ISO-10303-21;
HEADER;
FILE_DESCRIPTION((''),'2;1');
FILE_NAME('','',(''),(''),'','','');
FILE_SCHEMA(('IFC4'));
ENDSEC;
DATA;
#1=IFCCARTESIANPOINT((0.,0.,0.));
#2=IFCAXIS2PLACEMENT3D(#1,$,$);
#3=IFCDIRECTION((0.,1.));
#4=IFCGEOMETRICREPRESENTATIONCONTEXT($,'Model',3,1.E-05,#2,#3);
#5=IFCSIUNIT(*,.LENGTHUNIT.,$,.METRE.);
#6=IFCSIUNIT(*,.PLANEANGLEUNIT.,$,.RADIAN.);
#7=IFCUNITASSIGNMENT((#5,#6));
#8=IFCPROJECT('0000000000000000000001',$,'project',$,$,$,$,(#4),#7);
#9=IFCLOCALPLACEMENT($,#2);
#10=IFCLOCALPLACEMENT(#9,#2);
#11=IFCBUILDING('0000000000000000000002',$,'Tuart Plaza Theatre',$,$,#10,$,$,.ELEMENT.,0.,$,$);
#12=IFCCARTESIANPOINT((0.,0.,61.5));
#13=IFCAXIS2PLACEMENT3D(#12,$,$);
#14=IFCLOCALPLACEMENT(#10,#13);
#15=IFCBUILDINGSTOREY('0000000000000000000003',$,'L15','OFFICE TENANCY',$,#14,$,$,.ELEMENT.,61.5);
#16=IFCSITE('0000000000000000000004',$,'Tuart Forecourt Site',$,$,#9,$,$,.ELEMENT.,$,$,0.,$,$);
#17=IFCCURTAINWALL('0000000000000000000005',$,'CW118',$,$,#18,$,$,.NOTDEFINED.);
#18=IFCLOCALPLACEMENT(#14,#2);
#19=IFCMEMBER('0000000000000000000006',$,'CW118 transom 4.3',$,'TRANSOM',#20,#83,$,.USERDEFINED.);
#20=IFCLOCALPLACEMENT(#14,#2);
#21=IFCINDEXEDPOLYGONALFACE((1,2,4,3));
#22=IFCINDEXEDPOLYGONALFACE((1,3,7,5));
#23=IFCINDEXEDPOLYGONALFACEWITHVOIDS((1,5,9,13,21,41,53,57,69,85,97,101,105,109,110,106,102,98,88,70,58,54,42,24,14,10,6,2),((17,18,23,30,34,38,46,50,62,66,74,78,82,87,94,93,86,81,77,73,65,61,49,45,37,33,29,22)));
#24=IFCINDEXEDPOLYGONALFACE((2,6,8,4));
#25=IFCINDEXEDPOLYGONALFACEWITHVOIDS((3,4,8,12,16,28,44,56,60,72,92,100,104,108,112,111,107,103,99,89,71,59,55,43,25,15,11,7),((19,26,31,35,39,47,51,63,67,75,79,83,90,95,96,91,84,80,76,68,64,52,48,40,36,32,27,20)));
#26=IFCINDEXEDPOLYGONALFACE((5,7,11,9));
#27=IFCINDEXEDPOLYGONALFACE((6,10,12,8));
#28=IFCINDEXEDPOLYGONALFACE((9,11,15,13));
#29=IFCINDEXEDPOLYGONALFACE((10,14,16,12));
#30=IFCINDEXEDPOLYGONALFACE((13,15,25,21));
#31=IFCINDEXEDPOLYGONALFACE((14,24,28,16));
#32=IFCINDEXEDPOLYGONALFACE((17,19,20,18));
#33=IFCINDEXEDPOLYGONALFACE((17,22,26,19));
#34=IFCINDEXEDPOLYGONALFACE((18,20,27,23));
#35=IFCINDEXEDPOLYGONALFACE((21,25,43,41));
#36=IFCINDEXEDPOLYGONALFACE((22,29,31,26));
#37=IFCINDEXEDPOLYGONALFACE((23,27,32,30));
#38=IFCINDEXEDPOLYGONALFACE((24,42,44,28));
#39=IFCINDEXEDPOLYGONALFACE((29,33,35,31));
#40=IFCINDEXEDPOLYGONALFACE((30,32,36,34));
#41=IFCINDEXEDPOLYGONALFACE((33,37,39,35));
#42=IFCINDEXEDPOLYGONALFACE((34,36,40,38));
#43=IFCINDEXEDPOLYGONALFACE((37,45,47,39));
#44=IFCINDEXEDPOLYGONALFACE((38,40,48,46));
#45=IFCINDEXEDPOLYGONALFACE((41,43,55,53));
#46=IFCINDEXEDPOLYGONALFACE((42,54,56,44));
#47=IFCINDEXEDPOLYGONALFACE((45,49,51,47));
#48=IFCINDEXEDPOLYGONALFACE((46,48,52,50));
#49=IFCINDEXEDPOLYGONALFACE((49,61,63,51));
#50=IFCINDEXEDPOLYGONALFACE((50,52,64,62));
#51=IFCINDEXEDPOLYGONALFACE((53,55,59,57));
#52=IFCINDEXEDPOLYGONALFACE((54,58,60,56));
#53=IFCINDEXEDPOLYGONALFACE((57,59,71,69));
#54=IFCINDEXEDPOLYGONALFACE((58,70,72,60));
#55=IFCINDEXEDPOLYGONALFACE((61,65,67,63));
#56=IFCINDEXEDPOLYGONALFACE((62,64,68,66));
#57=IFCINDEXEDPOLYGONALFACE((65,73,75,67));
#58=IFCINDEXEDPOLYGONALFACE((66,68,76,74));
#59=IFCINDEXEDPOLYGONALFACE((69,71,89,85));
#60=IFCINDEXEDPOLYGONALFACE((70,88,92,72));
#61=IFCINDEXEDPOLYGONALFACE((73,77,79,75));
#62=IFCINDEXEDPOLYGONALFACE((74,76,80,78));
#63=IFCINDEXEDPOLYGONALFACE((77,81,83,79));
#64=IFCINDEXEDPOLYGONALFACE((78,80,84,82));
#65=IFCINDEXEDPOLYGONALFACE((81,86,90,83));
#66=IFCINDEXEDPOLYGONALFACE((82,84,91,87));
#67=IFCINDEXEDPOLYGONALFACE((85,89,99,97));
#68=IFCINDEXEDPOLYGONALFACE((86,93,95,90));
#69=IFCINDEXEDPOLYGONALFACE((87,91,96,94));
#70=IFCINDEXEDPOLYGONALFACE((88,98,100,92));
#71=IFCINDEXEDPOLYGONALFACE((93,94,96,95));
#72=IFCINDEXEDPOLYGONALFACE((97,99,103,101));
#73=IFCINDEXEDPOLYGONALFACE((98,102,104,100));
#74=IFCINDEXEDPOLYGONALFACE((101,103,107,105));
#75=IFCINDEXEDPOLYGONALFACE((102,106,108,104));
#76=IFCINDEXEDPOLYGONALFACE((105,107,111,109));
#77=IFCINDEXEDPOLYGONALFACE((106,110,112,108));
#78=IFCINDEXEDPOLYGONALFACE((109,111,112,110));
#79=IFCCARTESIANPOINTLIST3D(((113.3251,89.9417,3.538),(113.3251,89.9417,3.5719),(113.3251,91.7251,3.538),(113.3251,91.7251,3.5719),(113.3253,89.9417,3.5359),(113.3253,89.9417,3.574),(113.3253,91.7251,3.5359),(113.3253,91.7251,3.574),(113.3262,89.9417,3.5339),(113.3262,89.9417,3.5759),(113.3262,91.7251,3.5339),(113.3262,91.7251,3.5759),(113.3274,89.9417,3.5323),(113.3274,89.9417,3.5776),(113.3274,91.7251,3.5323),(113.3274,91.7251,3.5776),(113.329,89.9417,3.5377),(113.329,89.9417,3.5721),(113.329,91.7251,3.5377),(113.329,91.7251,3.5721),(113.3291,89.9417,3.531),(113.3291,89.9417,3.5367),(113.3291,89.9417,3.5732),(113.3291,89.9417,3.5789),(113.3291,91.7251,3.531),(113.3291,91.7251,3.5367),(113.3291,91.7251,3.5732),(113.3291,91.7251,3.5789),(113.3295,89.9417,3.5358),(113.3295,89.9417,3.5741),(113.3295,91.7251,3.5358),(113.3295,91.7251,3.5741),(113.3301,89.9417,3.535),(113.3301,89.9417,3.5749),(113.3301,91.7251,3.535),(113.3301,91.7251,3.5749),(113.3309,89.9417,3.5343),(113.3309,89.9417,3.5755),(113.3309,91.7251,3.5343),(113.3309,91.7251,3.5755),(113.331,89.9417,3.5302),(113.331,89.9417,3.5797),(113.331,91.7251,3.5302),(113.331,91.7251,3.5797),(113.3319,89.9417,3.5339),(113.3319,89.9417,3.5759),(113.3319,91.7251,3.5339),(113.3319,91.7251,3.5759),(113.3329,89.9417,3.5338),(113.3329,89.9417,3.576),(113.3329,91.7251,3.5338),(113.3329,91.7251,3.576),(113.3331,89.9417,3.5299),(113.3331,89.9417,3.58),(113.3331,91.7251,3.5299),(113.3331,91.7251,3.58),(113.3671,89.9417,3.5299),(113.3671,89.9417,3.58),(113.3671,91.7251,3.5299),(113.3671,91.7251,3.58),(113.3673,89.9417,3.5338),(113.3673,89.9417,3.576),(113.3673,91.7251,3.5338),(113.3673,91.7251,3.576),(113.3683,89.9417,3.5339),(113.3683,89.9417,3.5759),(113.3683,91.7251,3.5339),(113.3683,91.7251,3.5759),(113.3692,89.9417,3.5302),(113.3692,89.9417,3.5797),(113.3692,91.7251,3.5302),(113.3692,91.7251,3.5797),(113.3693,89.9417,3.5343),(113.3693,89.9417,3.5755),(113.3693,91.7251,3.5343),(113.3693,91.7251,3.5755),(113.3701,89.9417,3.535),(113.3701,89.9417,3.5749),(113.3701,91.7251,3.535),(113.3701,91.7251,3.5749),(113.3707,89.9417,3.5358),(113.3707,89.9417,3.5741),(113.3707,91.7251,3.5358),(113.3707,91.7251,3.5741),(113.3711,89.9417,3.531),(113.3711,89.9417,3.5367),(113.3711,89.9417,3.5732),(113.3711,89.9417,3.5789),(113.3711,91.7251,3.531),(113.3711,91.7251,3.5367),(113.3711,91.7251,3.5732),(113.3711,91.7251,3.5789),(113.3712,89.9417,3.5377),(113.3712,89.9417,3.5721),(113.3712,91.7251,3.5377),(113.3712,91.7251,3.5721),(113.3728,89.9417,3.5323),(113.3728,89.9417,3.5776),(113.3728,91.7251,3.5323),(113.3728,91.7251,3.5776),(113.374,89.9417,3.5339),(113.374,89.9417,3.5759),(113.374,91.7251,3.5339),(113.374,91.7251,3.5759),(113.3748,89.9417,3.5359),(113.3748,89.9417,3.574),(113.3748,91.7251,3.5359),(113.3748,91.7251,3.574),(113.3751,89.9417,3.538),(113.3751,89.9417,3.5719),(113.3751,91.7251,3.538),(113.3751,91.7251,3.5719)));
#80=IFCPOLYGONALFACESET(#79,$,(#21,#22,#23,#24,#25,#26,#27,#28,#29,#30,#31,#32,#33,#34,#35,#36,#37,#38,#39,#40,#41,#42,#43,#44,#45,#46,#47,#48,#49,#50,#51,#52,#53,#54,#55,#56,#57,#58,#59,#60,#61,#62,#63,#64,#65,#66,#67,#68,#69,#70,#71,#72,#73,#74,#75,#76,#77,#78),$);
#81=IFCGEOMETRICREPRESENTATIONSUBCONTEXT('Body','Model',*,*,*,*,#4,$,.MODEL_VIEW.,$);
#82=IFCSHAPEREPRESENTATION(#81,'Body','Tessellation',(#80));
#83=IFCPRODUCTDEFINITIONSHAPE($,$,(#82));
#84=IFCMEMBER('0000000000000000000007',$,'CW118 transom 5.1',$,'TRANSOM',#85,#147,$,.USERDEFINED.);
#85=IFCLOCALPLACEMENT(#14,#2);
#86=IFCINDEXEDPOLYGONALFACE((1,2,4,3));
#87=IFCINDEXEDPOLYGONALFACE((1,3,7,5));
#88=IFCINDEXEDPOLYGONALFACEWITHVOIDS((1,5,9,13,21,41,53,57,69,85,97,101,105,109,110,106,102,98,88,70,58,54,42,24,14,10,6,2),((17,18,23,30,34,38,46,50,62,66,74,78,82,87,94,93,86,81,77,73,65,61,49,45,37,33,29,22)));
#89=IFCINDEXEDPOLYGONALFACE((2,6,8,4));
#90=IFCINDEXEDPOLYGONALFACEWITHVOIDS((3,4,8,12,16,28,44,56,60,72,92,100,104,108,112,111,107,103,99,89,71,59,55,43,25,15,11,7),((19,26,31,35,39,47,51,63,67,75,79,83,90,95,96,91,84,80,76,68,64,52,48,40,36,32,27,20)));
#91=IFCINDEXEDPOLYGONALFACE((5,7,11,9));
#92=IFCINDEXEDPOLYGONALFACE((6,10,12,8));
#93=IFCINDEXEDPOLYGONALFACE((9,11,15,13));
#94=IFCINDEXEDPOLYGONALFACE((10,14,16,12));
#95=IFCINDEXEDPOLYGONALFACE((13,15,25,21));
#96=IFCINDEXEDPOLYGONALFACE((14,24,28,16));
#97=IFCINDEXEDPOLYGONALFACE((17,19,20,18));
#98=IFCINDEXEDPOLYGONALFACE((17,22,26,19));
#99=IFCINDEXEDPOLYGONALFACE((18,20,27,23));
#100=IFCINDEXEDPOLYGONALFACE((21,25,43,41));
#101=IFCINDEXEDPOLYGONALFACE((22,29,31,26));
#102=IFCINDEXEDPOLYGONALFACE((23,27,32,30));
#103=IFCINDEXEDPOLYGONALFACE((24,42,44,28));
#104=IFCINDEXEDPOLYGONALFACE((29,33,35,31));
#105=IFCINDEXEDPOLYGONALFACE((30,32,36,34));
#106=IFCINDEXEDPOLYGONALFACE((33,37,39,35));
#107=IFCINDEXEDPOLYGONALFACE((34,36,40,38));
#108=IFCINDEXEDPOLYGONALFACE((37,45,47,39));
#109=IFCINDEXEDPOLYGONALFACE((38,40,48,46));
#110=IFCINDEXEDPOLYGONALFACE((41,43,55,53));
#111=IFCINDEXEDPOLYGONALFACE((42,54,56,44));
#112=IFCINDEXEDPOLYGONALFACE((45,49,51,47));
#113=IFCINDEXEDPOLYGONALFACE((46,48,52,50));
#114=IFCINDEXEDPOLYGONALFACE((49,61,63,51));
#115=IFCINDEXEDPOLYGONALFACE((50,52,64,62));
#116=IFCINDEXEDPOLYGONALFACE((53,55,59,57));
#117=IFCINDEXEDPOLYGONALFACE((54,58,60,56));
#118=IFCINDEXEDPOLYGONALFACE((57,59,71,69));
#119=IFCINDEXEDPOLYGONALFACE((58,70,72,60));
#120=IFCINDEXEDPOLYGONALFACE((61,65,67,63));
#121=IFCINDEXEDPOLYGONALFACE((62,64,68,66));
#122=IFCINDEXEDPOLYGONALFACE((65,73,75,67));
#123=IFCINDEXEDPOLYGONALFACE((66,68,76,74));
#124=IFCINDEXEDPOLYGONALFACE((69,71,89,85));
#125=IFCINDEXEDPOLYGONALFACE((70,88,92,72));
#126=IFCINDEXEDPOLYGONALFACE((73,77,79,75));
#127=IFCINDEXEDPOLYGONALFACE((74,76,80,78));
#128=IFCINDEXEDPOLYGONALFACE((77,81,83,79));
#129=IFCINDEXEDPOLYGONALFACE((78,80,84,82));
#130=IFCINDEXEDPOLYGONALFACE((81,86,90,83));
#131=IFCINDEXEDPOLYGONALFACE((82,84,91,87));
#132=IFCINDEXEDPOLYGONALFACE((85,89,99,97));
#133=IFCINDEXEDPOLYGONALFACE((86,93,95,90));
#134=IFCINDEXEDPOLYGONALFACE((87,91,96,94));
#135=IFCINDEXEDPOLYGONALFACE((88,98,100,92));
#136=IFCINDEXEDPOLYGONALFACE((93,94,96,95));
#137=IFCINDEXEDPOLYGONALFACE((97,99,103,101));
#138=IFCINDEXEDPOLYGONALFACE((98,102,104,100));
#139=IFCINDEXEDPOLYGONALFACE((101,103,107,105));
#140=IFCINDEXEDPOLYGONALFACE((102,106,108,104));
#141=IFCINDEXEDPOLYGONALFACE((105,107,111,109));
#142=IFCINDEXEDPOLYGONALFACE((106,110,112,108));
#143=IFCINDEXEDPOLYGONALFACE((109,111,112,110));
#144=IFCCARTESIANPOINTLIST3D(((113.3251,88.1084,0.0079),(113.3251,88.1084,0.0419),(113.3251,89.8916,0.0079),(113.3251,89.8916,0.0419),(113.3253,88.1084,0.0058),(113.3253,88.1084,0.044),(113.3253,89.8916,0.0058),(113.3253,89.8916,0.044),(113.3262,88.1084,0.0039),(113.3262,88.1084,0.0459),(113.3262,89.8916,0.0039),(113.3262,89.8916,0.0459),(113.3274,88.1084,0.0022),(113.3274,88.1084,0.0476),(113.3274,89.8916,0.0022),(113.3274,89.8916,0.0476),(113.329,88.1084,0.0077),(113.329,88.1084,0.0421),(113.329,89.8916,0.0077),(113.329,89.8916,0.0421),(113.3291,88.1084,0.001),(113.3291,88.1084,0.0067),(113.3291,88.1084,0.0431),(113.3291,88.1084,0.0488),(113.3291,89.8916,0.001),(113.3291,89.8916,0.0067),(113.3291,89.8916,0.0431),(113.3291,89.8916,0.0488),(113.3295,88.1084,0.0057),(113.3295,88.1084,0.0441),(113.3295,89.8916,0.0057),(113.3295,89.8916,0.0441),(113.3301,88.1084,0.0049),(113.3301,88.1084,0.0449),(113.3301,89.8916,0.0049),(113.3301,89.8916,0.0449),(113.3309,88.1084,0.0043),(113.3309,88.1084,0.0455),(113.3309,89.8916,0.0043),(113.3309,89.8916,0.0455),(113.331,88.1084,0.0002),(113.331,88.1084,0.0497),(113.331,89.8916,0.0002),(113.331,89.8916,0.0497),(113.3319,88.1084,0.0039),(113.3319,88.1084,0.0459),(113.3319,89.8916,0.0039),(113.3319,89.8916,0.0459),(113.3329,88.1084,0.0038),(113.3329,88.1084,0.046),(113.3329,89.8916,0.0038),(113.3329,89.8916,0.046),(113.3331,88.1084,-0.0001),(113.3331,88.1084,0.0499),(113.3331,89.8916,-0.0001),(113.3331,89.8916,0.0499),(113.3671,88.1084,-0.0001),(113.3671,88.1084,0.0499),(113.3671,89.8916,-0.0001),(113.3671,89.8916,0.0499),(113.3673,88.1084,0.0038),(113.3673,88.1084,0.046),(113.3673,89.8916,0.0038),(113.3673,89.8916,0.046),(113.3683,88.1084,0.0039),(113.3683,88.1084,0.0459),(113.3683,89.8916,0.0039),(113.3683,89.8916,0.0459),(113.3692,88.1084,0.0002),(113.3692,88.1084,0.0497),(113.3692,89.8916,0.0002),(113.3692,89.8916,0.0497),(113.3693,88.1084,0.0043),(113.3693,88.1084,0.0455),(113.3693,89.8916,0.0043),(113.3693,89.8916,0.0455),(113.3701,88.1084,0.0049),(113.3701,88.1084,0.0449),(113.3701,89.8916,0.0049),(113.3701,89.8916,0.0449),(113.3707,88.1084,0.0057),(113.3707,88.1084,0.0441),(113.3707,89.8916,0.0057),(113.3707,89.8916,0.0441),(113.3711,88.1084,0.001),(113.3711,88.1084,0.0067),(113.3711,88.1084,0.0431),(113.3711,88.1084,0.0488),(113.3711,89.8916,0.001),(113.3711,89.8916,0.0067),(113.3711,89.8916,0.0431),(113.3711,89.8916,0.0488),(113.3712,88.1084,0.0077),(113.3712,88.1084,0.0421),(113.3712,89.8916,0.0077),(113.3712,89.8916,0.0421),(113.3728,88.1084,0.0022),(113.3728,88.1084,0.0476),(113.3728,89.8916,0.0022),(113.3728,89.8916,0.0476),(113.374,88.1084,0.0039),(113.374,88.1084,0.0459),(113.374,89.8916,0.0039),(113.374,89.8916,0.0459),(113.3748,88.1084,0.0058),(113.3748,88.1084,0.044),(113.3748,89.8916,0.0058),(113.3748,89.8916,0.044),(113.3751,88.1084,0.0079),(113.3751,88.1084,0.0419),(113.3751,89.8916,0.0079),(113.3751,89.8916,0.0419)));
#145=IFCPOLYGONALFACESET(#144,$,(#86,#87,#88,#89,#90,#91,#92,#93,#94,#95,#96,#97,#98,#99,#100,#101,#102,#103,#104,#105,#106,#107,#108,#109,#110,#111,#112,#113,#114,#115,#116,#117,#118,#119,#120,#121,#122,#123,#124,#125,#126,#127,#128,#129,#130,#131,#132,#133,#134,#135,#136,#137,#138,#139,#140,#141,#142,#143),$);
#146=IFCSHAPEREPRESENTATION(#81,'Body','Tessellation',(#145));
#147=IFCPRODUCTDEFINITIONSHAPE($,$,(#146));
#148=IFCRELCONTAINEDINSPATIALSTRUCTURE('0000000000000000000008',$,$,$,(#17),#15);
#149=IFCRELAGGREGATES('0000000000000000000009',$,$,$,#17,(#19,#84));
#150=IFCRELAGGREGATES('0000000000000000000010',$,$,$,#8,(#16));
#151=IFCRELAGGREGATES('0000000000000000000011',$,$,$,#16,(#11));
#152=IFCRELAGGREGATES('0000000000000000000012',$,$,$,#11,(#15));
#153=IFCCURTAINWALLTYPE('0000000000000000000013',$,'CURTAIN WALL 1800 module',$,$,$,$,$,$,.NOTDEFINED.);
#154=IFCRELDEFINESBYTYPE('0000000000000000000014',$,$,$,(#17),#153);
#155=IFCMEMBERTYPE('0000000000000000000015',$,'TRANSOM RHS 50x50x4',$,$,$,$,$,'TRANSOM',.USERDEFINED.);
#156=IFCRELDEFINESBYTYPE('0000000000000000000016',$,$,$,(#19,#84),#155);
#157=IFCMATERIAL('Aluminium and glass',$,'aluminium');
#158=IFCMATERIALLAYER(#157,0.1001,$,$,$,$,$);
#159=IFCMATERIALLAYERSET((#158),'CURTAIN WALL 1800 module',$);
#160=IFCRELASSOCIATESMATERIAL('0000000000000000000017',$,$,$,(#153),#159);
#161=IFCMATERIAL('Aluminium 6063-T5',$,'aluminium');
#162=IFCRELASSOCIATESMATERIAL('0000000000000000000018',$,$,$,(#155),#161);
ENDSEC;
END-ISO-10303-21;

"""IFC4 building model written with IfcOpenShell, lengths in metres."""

from ifc_helpers import new_model, si_unit, direction, frame, origin, origin_2d, place, context, subcontext, project, spatial, hollow_rectangle, extrude, material, layer, layer_set, material_profile, profile_set, type_object, element, aggregate, save


model = new_model("IFC4")

# Units and contexts
model_context = context("Model", 3, precision=1e-05, world=origin(), true_north=direction((0.0, 1.0)))
body_context = subcontext(model_context, "Body", "Model", "MODEL_VIEW")
ifc_project = project(units=[si_unit("LENGTHUNIT", "METRE"), si_unit("PLANEANGLEUNIT", "RADIAN")], contexts=[model_context])

# Site, building, storey
site_placement = place(None, origin())
site = spatial("IfcSite", under=ifc_project, at=site_placement, Name="Tuart Forecourt Site", CompositionType="ELEMENT", RefElevation=0.0)
building_placement = place(site_placement, origin())
building = spatial("IfcBuilding", under=site, at=building_placement, Name="Tuart Plaza Theatre", CompositionType="ELEMENT", ElevationOfRefHeight=0.0)
storey_placement = place(building_placement, frame((0.0, 0.0, 61.5)))
storey = spatial("IfcBuildingStorey", under=building, at=storey_placement, Name="L15", Description="OFFICE TENANCY", CompositionType="ELEMENT", Elevation=61.5)

# Curtain wall, members
ifc_material_1 = material(Name="Aluminium and glass", Category="aluminium")
ifc_layer_1 = layer(ifc_material_1, 0.1001)
ifc_layer_set_1 = layer_set([ifc_layer_1], Name="CURTAIN WALL 1800 module")
curtain_wall_type = type_object("IfcCurtainWallType", Name="CURTAIN WALL 1800 module", PredefinedType="NOTDEFINED", material=ifc_layer_set_1)
curtain_wall_placement = place(storey_placement, origin())
curtain_wall = element("IfcCurtainWall", 1, at=curtain_wall_placement, inside=storey, type_object=curtain_wall_type, Name="CW118", PredefinedType="NOTDEFINED")
ifc_material_2 = material(Name="Aluminium 6063-T5", Category="aluminium")
ifc_material_profile = material_profile(ifc_material_2, hollow_rectangle(XDim=0.05, YDim=0.05, WallThickness=0.0039, InnerFilletRadius=0.0039, OuterFilletRadius=0.0081, at=origin_2d()), Name="RHS 50x50x4")
ifc_profile_set = profile_set([ifc_material_profile], Name="Aluminium 6063-T5")
member_type = type_object("IfcMemberType", Name="TRANSOM RHS 50x50x4", ElementType="TRANSOM", PredefinedType="USERDEFINED", material=ifc_profile_set)
member_1_placement = place(storey_placement, frame((113.3501, 91.7251, 3.5549), z_axis=(0.0, -1.0, 0.0), x_axis=(1.0, 0.0, 0.0)))
member_1 = element("IfcMember", 2, at=member_1_placement, type_object=member_type, Name="CW118 transom 4.3", ObjectType="TRANSOM", PredefinedType="USERDEFINED", context=body_context, shape_type="SweptSolid", body=[
    extrude(hollow_rectangle(XDim=0.05, YDim=0.05, WallThickness=0.0039, InnerFilletRadius=0.0039, OuterFilletRadius=0.0081, at=origin_2d()), origin(), (0.0, 0.0, 1.0), 1.7834),
])
member_2_placement = place(storey_placement, frame((113.3501, 89.8916, 0.0249), z_axis=(0.0, -1.0, 0.0), x_axis=(1.0, 0.0, 0.0)))
member_2 = element("IfcMember", 3, at=member_2_placement, type_object=member_type, Name="CW118 transom 5.1", ObjectType="TRANSOM", PredefinedType="USERDEFINED", context=body_context, shape_type="SweptSolid", body=[
    extrude(hollow_rectangle(XDim=0.05, YDim=0.05, WallThickness=0.0039, InnerFilletRadius=0.0039, OuterFilletRadius=0.0081, at=origin_2d()), origin(), (0.0, 0.0, 1.0), 1.7832),
])
aggregate(curtain_wall, [member_1, member_2])

save(model, "model.ifc")
